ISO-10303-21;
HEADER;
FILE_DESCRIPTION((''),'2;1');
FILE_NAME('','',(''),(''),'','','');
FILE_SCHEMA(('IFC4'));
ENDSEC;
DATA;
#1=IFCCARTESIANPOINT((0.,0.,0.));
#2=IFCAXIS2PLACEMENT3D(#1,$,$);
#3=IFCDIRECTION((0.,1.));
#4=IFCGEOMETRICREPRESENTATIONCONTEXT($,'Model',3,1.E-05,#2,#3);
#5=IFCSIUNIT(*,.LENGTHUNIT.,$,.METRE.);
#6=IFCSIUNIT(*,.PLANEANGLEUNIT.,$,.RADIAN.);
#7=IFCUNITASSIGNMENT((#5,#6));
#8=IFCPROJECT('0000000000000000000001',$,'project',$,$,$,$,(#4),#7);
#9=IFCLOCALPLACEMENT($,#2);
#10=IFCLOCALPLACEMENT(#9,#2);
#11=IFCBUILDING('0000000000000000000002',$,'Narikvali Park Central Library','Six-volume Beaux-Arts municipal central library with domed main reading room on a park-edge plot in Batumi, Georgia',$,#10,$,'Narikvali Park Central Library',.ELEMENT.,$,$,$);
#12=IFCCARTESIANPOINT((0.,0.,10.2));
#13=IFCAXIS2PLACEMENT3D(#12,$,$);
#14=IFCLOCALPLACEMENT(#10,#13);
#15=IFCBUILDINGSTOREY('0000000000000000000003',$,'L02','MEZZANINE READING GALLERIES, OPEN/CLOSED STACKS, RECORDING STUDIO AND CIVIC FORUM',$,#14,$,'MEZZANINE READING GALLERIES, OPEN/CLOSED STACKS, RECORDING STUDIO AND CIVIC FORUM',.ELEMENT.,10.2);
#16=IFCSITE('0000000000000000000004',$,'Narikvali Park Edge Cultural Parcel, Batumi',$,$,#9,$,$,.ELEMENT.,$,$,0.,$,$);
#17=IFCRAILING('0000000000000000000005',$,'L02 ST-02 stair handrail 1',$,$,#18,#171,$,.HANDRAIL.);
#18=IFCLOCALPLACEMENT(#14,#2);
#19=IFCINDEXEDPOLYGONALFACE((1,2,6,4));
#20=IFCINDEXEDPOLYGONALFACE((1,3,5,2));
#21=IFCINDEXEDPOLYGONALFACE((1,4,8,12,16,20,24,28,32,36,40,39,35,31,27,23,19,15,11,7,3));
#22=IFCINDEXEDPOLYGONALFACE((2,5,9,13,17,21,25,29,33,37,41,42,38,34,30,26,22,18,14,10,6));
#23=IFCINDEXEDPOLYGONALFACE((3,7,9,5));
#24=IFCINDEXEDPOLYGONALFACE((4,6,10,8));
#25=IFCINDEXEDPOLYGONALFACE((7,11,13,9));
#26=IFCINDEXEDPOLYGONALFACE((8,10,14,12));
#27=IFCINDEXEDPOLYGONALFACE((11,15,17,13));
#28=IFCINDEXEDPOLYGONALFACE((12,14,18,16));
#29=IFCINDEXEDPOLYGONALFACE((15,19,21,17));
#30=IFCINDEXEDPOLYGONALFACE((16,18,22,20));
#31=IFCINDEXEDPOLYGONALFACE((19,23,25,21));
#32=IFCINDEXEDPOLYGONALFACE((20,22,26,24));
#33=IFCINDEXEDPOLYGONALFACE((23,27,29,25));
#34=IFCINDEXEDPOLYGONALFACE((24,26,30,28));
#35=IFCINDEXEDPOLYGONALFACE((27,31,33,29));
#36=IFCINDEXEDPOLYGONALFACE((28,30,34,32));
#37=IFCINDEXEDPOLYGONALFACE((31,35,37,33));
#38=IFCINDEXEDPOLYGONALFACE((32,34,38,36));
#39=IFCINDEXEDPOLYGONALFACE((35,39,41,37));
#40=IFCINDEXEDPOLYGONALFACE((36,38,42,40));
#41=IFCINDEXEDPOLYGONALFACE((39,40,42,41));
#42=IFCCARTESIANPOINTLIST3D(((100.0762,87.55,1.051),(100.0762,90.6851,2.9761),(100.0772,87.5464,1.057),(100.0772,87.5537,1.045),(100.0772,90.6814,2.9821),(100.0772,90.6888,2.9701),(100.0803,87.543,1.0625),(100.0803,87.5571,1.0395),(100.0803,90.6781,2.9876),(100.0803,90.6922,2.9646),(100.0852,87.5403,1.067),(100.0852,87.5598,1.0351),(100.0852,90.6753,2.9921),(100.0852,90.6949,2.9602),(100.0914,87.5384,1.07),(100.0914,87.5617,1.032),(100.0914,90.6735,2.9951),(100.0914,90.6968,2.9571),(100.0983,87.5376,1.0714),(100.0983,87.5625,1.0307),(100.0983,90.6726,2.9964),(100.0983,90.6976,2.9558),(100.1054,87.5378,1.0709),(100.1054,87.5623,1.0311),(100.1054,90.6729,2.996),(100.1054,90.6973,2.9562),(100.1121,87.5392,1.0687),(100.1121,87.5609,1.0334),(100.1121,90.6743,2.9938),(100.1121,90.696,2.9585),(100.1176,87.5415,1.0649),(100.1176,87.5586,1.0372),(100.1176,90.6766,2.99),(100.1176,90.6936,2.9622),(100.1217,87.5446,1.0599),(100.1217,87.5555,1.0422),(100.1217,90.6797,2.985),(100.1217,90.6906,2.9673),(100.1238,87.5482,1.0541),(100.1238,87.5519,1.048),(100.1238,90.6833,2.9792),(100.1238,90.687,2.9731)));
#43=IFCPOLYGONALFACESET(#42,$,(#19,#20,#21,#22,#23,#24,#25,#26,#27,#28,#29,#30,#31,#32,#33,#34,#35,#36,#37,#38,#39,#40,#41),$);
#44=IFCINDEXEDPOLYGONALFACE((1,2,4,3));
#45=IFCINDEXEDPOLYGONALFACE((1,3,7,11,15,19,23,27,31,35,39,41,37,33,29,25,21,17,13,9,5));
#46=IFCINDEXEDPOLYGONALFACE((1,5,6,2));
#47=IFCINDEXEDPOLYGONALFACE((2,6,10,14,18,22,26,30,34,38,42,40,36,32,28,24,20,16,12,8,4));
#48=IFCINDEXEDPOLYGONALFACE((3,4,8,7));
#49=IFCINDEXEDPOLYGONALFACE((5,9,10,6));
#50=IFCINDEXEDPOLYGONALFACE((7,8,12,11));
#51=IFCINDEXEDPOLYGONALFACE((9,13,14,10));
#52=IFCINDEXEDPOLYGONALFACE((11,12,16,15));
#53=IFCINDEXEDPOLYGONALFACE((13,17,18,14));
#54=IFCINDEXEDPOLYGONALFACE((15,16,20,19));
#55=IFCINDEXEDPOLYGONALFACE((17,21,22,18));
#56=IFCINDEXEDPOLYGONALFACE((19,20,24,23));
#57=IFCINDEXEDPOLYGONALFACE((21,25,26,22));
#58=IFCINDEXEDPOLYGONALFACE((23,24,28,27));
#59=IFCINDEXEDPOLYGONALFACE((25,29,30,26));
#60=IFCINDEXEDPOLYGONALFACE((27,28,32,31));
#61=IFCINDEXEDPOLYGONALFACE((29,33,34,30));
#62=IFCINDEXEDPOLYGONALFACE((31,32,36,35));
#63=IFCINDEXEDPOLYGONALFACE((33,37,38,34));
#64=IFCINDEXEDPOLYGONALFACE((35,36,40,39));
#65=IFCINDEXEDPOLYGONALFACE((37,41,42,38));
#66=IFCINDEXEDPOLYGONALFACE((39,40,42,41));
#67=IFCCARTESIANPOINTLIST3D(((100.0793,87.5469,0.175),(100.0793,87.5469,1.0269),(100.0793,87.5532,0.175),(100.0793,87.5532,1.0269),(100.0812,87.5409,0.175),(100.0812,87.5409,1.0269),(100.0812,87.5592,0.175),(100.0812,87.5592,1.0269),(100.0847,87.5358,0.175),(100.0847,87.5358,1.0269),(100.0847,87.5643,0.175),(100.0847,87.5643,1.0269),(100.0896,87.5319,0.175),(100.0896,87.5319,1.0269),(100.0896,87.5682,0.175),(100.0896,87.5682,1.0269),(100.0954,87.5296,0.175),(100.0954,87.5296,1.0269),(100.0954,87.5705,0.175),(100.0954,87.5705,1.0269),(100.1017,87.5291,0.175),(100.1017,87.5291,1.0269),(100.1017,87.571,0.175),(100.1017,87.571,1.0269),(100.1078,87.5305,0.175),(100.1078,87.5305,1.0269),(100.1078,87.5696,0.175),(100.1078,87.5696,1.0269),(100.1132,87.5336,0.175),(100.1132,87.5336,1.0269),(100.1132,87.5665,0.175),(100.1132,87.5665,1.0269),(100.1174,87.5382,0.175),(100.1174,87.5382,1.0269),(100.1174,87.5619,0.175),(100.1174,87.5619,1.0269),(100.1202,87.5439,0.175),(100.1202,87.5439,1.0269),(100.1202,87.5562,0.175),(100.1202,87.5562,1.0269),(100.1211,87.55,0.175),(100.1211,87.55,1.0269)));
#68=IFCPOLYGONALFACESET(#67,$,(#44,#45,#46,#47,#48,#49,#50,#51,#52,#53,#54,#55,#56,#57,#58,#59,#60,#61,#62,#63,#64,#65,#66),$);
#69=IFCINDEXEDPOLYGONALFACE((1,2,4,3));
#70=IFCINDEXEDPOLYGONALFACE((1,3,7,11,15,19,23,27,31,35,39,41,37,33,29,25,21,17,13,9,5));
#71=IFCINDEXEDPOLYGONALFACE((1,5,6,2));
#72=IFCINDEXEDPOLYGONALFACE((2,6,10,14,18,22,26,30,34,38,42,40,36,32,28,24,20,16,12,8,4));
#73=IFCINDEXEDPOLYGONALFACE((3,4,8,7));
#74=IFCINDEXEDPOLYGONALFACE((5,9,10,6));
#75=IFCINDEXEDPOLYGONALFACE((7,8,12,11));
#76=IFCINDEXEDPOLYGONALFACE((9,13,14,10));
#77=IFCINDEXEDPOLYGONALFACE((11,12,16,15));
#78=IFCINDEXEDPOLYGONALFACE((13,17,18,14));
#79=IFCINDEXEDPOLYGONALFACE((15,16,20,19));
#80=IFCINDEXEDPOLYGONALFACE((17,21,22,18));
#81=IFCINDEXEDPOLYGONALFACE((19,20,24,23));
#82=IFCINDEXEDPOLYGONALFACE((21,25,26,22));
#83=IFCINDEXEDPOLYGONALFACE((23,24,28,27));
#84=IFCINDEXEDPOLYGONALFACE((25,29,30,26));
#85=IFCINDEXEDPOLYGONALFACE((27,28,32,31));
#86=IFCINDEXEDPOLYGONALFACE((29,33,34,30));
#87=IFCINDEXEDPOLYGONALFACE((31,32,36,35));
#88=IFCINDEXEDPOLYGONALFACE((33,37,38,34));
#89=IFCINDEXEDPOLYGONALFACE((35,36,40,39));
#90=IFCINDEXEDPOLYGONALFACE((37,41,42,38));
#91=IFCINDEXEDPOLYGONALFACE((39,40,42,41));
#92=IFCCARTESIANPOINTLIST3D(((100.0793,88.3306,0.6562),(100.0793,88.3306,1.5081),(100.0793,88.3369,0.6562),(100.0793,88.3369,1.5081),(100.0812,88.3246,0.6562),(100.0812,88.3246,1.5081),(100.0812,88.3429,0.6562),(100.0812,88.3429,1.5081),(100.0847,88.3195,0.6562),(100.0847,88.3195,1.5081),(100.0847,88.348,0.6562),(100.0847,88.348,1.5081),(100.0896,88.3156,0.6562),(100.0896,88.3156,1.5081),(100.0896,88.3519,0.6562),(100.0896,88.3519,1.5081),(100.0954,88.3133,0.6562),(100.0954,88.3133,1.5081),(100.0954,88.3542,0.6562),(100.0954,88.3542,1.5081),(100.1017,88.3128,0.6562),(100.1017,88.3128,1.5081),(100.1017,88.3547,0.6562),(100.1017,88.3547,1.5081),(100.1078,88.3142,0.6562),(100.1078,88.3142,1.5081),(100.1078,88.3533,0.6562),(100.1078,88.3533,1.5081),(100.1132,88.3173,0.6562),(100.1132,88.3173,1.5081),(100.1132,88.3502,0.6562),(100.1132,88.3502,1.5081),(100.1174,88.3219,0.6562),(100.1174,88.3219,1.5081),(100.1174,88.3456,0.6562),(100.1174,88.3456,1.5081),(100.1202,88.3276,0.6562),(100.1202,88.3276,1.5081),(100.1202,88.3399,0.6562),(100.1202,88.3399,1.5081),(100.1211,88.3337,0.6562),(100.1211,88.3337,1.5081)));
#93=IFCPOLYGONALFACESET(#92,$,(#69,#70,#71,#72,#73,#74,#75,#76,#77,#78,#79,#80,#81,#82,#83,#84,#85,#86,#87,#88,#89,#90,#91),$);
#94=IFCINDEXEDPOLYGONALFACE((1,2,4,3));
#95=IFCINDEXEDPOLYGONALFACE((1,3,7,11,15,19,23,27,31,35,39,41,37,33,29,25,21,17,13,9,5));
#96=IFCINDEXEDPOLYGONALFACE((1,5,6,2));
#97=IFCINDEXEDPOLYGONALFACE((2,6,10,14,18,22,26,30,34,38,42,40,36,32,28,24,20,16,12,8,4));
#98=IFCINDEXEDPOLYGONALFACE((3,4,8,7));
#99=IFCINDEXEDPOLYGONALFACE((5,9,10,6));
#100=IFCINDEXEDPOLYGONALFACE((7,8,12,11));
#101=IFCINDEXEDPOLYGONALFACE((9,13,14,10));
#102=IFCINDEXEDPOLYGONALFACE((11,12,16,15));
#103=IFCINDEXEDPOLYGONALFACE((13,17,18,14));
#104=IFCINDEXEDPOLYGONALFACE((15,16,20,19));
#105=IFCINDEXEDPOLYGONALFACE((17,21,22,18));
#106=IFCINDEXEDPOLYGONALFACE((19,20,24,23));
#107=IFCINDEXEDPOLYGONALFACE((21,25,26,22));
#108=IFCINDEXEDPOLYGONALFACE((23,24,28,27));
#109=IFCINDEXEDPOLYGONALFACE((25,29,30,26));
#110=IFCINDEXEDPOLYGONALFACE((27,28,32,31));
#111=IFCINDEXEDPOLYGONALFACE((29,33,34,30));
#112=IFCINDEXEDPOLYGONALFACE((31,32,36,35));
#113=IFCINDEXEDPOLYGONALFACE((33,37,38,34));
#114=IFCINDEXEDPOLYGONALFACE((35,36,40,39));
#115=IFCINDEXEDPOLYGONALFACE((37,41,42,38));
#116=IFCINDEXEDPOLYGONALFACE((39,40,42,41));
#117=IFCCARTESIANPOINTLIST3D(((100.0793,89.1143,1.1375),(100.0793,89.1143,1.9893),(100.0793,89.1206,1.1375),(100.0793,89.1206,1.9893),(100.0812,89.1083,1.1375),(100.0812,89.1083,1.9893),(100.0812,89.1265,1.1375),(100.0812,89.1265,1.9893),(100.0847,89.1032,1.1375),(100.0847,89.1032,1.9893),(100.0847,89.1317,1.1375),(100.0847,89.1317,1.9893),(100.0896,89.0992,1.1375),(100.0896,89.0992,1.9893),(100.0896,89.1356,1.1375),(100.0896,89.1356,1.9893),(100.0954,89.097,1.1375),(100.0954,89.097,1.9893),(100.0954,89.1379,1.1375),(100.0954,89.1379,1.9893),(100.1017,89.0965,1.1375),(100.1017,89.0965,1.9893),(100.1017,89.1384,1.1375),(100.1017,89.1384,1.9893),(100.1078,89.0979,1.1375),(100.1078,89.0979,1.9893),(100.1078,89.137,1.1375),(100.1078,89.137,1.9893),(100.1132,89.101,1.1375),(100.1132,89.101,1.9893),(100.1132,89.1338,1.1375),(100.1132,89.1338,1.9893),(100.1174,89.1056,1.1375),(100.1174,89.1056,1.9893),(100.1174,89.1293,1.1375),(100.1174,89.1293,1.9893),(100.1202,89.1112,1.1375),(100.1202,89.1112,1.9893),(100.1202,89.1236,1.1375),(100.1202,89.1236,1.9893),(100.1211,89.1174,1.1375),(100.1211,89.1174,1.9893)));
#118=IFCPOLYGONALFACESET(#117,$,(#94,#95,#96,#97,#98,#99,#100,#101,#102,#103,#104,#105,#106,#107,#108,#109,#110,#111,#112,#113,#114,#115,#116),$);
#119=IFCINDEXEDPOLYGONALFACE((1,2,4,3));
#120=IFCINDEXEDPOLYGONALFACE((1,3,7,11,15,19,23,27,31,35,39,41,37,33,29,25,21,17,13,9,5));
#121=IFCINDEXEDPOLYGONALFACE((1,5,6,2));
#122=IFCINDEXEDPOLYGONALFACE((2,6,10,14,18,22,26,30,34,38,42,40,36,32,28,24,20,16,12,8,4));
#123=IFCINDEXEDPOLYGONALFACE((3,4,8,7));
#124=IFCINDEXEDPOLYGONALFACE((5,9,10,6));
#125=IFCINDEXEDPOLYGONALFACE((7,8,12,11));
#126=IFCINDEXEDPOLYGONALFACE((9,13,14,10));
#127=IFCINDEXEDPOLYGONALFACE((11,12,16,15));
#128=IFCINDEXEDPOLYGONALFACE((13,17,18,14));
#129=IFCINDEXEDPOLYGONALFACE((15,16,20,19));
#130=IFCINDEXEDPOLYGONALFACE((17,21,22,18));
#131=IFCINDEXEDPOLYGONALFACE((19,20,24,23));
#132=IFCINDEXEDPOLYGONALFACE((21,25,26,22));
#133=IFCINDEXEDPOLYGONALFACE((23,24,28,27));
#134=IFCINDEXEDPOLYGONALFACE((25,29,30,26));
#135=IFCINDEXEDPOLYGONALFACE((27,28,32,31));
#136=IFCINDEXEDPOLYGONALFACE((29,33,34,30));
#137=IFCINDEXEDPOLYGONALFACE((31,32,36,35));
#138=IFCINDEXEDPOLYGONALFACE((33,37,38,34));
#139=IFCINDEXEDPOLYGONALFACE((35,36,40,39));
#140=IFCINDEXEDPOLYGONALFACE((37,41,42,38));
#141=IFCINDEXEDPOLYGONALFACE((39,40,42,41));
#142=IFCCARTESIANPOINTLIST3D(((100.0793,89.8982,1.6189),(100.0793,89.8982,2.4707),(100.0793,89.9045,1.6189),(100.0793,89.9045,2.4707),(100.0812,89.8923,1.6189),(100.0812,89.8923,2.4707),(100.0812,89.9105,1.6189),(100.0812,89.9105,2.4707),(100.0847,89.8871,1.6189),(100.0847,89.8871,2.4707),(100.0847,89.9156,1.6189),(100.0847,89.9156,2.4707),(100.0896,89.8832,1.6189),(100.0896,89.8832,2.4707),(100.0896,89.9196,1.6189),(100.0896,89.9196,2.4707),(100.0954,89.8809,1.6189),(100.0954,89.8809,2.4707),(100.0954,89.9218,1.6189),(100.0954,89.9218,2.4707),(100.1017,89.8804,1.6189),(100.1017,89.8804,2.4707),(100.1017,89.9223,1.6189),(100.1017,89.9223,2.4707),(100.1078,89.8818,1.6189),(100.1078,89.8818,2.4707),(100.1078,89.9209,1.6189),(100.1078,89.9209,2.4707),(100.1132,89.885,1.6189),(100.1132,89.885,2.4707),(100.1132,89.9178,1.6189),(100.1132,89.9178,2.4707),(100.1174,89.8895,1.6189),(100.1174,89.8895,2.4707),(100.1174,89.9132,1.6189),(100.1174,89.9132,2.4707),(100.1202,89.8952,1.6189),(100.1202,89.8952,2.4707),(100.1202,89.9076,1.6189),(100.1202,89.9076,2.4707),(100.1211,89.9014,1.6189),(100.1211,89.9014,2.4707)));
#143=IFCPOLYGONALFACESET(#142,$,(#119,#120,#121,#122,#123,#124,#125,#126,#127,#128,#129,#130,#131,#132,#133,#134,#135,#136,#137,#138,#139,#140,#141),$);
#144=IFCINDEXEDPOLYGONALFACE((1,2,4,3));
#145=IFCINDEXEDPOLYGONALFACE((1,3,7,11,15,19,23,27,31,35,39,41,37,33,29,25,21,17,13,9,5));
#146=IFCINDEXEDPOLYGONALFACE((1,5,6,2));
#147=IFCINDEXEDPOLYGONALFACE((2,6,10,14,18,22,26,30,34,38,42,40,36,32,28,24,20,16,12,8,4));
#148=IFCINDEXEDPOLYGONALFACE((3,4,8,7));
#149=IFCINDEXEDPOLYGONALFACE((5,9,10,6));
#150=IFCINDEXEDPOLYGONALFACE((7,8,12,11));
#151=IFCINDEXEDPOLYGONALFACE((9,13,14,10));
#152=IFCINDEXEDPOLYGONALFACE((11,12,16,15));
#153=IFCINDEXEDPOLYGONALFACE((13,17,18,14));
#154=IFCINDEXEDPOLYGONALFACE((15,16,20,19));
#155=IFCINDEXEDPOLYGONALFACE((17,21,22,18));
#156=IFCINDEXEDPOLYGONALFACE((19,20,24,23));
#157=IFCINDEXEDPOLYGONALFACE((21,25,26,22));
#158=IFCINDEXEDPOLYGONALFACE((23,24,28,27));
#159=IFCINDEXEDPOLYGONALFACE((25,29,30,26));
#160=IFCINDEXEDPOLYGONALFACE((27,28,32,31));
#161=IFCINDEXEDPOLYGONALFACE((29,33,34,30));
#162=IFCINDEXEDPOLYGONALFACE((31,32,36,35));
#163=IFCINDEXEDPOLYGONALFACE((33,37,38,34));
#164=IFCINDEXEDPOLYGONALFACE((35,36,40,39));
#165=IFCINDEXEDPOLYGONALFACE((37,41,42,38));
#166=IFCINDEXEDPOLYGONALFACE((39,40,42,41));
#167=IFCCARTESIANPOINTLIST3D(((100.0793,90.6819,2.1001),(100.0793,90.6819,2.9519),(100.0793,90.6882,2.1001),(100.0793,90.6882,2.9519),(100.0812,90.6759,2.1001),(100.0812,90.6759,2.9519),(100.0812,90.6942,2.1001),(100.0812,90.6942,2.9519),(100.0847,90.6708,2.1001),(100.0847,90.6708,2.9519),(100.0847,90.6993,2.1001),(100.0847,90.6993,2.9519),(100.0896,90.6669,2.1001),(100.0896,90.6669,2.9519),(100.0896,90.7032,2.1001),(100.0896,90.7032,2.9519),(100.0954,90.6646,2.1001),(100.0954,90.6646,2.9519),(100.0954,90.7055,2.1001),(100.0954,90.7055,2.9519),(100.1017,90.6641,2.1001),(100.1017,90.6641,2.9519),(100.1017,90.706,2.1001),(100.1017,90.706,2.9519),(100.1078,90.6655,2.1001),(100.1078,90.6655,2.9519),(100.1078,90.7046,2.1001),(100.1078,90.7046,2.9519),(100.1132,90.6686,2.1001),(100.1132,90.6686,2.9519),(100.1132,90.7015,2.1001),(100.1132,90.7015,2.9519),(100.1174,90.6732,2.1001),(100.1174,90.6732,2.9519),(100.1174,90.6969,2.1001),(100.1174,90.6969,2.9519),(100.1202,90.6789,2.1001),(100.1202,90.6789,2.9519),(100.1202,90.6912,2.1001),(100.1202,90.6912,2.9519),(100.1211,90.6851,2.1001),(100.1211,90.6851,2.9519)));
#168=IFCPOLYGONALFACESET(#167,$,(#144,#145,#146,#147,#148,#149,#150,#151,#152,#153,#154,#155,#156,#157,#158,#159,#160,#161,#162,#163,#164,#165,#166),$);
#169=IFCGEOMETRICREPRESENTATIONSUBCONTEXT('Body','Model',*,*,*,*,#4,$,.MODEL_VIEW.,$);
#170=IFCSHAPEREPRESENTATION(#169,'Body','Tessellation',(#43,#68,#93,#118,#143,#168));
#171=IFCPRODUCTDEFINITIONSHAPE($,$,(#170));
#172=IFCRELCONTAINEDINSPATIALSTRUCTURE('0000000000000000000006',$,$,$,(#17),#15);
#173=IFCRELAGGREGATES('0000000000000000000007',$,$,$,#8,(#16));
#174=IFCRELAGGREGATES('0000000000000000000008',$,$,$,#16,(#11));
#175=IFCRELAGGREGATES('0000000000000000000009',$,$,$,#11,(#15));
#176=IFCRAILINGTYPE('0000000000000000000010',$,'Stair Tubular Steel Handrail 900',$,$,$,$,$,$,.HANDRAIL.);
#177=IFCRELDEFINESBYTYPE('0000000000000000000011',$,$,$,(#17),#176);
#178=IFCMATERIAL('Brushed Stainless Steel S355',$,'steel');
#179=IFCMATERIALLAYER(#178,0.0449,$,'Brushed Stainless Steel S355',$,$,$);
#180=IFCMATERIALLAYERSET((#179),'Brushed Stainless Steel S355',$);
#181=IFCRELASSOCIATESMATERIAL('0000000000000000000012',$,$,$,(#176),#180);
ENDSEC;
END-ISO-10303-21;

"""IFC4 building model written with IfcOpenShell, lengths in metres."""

from ifc_helpers import new_model, si_unit, direction, frame, origin, origin_2d, place, context, subcontext, project, spatial, circle, extrude, material, layer, layer_set, type_object, element, save


model = new_model("IFC4")

# Units and contexts
model_context = context("Model", 3, precision=1e-05, world=origin(), true_north=direction((0.0, 1.0)))
body_context = subcontext(model_context, "Body", "Model", "MODEL_VIEW")
ifc_project = project(units=[si_unit("LENGTHUNIT", "METRE"), si_unit("PLANEANGLEUNIT", "RADIAN")], contexts=[model_context])

# Site, building, storey
site_placement = place(None, origin())
site = spatial("IfcSite", under=ifc_project, at=site_placement, Name="Narikvali Park Edge Cultural Parcel, Batumi", CompositionType="ELEMENT", RefElevation=0.0)
building_placement = place(site_placement, origin())
building = spatial("IfcBuilding", under=site, at=building_placement, Name="Narikvali Park Central Library", Description="Six-volume Beaux-Arts municipal central library with domed main reading room on a park-edge plot in Batumi, Georgia", LongName="Narikvali Park Central Library", CompositionType="ELEMENT")
storey_placement = place(building_placement, frame((0.0, 0.0, 10.2)))
storey = spatial("IfcBuildingStorey", under=building, at=storey_placement, Name="L02", Description="MEZZANINE READING GALLERIES, OPEN/CLOSED STACKS, RECORDING STUDIO AND CIVIC FORUM", LongName="MEZZANINE READING GALLERIES, OPEN/CLOSED STACKS, RECORDING STUDIO AND CIVIC FORUM", CompositionType="ELEMENT", Elevation=10.2)

# Shared definitions
ifc_material_1 = material(Name="Brushed Stainless Steel S355", Category="steel")

# Railing
ifc_layer_1 = layer(ifc_material_1, 0.0449, Name="Brushed Stainless Steel S355")
ifc_layer_set_1 = layer_set([ifc_layer_1], Name="Brushed Stainless Steel S355")
railing_type_1 = type_object("IfcRailingType", Name="Stair Tubular Steel Handrail 900", PredefinedType="HANDRAIL", material=ifc_layer_set_1)
railing_1_placement = place(storey_placement, frame((100.1001, 87.55, 0.175)))
element("IfcRailing", 1, at=railing_1_placement, inside=storey, type_object=railing_type_1, Name="L02 ST-02 stair handrail 1", PredefinedType="HANDRAIL", context=body_context, shape_type="SweptSolid", body=[
    extrude(circle(Radius=0.0239, at=origin_2d()), frame((0.0, 0.0, 0.876), z_axis=(0.0, 0.852166, 0.523271), x_axis=(-1.0, 0.0, 0.0)), (0.0, 0.0, 1.0), 3.679),
    extrude(circle(Radius=0.021, at=origin_2d()), origin(), (0.0, 0.0, 1.0), 0.8518),
    extrude(circle(Radius=0.021, at=origin_2d()), frame((0.0, 0.7837, 0.4812)), (0.0, 0.0, 1.0), 0.8518),
    extrude(circle(Radius=0.021, at=origin_2d()), frame((0.0, 1.5674, 0.9624)), (0.0, 0.0, 1.0), 0.8518),
    extrude(circle(Radius=0.021, at=origin_2d()), frame((0.0, 2.3513, 1.4438)), (0.0, 0.0, 1.0), 0.8518),
    extrude(circle(Radius=0.021, at=origin_2d()), frame((0.0, 3.135, 1.925)), (0.0, 0.0, 1.0), 0.8518),
])

save(model, "model.ifc")
